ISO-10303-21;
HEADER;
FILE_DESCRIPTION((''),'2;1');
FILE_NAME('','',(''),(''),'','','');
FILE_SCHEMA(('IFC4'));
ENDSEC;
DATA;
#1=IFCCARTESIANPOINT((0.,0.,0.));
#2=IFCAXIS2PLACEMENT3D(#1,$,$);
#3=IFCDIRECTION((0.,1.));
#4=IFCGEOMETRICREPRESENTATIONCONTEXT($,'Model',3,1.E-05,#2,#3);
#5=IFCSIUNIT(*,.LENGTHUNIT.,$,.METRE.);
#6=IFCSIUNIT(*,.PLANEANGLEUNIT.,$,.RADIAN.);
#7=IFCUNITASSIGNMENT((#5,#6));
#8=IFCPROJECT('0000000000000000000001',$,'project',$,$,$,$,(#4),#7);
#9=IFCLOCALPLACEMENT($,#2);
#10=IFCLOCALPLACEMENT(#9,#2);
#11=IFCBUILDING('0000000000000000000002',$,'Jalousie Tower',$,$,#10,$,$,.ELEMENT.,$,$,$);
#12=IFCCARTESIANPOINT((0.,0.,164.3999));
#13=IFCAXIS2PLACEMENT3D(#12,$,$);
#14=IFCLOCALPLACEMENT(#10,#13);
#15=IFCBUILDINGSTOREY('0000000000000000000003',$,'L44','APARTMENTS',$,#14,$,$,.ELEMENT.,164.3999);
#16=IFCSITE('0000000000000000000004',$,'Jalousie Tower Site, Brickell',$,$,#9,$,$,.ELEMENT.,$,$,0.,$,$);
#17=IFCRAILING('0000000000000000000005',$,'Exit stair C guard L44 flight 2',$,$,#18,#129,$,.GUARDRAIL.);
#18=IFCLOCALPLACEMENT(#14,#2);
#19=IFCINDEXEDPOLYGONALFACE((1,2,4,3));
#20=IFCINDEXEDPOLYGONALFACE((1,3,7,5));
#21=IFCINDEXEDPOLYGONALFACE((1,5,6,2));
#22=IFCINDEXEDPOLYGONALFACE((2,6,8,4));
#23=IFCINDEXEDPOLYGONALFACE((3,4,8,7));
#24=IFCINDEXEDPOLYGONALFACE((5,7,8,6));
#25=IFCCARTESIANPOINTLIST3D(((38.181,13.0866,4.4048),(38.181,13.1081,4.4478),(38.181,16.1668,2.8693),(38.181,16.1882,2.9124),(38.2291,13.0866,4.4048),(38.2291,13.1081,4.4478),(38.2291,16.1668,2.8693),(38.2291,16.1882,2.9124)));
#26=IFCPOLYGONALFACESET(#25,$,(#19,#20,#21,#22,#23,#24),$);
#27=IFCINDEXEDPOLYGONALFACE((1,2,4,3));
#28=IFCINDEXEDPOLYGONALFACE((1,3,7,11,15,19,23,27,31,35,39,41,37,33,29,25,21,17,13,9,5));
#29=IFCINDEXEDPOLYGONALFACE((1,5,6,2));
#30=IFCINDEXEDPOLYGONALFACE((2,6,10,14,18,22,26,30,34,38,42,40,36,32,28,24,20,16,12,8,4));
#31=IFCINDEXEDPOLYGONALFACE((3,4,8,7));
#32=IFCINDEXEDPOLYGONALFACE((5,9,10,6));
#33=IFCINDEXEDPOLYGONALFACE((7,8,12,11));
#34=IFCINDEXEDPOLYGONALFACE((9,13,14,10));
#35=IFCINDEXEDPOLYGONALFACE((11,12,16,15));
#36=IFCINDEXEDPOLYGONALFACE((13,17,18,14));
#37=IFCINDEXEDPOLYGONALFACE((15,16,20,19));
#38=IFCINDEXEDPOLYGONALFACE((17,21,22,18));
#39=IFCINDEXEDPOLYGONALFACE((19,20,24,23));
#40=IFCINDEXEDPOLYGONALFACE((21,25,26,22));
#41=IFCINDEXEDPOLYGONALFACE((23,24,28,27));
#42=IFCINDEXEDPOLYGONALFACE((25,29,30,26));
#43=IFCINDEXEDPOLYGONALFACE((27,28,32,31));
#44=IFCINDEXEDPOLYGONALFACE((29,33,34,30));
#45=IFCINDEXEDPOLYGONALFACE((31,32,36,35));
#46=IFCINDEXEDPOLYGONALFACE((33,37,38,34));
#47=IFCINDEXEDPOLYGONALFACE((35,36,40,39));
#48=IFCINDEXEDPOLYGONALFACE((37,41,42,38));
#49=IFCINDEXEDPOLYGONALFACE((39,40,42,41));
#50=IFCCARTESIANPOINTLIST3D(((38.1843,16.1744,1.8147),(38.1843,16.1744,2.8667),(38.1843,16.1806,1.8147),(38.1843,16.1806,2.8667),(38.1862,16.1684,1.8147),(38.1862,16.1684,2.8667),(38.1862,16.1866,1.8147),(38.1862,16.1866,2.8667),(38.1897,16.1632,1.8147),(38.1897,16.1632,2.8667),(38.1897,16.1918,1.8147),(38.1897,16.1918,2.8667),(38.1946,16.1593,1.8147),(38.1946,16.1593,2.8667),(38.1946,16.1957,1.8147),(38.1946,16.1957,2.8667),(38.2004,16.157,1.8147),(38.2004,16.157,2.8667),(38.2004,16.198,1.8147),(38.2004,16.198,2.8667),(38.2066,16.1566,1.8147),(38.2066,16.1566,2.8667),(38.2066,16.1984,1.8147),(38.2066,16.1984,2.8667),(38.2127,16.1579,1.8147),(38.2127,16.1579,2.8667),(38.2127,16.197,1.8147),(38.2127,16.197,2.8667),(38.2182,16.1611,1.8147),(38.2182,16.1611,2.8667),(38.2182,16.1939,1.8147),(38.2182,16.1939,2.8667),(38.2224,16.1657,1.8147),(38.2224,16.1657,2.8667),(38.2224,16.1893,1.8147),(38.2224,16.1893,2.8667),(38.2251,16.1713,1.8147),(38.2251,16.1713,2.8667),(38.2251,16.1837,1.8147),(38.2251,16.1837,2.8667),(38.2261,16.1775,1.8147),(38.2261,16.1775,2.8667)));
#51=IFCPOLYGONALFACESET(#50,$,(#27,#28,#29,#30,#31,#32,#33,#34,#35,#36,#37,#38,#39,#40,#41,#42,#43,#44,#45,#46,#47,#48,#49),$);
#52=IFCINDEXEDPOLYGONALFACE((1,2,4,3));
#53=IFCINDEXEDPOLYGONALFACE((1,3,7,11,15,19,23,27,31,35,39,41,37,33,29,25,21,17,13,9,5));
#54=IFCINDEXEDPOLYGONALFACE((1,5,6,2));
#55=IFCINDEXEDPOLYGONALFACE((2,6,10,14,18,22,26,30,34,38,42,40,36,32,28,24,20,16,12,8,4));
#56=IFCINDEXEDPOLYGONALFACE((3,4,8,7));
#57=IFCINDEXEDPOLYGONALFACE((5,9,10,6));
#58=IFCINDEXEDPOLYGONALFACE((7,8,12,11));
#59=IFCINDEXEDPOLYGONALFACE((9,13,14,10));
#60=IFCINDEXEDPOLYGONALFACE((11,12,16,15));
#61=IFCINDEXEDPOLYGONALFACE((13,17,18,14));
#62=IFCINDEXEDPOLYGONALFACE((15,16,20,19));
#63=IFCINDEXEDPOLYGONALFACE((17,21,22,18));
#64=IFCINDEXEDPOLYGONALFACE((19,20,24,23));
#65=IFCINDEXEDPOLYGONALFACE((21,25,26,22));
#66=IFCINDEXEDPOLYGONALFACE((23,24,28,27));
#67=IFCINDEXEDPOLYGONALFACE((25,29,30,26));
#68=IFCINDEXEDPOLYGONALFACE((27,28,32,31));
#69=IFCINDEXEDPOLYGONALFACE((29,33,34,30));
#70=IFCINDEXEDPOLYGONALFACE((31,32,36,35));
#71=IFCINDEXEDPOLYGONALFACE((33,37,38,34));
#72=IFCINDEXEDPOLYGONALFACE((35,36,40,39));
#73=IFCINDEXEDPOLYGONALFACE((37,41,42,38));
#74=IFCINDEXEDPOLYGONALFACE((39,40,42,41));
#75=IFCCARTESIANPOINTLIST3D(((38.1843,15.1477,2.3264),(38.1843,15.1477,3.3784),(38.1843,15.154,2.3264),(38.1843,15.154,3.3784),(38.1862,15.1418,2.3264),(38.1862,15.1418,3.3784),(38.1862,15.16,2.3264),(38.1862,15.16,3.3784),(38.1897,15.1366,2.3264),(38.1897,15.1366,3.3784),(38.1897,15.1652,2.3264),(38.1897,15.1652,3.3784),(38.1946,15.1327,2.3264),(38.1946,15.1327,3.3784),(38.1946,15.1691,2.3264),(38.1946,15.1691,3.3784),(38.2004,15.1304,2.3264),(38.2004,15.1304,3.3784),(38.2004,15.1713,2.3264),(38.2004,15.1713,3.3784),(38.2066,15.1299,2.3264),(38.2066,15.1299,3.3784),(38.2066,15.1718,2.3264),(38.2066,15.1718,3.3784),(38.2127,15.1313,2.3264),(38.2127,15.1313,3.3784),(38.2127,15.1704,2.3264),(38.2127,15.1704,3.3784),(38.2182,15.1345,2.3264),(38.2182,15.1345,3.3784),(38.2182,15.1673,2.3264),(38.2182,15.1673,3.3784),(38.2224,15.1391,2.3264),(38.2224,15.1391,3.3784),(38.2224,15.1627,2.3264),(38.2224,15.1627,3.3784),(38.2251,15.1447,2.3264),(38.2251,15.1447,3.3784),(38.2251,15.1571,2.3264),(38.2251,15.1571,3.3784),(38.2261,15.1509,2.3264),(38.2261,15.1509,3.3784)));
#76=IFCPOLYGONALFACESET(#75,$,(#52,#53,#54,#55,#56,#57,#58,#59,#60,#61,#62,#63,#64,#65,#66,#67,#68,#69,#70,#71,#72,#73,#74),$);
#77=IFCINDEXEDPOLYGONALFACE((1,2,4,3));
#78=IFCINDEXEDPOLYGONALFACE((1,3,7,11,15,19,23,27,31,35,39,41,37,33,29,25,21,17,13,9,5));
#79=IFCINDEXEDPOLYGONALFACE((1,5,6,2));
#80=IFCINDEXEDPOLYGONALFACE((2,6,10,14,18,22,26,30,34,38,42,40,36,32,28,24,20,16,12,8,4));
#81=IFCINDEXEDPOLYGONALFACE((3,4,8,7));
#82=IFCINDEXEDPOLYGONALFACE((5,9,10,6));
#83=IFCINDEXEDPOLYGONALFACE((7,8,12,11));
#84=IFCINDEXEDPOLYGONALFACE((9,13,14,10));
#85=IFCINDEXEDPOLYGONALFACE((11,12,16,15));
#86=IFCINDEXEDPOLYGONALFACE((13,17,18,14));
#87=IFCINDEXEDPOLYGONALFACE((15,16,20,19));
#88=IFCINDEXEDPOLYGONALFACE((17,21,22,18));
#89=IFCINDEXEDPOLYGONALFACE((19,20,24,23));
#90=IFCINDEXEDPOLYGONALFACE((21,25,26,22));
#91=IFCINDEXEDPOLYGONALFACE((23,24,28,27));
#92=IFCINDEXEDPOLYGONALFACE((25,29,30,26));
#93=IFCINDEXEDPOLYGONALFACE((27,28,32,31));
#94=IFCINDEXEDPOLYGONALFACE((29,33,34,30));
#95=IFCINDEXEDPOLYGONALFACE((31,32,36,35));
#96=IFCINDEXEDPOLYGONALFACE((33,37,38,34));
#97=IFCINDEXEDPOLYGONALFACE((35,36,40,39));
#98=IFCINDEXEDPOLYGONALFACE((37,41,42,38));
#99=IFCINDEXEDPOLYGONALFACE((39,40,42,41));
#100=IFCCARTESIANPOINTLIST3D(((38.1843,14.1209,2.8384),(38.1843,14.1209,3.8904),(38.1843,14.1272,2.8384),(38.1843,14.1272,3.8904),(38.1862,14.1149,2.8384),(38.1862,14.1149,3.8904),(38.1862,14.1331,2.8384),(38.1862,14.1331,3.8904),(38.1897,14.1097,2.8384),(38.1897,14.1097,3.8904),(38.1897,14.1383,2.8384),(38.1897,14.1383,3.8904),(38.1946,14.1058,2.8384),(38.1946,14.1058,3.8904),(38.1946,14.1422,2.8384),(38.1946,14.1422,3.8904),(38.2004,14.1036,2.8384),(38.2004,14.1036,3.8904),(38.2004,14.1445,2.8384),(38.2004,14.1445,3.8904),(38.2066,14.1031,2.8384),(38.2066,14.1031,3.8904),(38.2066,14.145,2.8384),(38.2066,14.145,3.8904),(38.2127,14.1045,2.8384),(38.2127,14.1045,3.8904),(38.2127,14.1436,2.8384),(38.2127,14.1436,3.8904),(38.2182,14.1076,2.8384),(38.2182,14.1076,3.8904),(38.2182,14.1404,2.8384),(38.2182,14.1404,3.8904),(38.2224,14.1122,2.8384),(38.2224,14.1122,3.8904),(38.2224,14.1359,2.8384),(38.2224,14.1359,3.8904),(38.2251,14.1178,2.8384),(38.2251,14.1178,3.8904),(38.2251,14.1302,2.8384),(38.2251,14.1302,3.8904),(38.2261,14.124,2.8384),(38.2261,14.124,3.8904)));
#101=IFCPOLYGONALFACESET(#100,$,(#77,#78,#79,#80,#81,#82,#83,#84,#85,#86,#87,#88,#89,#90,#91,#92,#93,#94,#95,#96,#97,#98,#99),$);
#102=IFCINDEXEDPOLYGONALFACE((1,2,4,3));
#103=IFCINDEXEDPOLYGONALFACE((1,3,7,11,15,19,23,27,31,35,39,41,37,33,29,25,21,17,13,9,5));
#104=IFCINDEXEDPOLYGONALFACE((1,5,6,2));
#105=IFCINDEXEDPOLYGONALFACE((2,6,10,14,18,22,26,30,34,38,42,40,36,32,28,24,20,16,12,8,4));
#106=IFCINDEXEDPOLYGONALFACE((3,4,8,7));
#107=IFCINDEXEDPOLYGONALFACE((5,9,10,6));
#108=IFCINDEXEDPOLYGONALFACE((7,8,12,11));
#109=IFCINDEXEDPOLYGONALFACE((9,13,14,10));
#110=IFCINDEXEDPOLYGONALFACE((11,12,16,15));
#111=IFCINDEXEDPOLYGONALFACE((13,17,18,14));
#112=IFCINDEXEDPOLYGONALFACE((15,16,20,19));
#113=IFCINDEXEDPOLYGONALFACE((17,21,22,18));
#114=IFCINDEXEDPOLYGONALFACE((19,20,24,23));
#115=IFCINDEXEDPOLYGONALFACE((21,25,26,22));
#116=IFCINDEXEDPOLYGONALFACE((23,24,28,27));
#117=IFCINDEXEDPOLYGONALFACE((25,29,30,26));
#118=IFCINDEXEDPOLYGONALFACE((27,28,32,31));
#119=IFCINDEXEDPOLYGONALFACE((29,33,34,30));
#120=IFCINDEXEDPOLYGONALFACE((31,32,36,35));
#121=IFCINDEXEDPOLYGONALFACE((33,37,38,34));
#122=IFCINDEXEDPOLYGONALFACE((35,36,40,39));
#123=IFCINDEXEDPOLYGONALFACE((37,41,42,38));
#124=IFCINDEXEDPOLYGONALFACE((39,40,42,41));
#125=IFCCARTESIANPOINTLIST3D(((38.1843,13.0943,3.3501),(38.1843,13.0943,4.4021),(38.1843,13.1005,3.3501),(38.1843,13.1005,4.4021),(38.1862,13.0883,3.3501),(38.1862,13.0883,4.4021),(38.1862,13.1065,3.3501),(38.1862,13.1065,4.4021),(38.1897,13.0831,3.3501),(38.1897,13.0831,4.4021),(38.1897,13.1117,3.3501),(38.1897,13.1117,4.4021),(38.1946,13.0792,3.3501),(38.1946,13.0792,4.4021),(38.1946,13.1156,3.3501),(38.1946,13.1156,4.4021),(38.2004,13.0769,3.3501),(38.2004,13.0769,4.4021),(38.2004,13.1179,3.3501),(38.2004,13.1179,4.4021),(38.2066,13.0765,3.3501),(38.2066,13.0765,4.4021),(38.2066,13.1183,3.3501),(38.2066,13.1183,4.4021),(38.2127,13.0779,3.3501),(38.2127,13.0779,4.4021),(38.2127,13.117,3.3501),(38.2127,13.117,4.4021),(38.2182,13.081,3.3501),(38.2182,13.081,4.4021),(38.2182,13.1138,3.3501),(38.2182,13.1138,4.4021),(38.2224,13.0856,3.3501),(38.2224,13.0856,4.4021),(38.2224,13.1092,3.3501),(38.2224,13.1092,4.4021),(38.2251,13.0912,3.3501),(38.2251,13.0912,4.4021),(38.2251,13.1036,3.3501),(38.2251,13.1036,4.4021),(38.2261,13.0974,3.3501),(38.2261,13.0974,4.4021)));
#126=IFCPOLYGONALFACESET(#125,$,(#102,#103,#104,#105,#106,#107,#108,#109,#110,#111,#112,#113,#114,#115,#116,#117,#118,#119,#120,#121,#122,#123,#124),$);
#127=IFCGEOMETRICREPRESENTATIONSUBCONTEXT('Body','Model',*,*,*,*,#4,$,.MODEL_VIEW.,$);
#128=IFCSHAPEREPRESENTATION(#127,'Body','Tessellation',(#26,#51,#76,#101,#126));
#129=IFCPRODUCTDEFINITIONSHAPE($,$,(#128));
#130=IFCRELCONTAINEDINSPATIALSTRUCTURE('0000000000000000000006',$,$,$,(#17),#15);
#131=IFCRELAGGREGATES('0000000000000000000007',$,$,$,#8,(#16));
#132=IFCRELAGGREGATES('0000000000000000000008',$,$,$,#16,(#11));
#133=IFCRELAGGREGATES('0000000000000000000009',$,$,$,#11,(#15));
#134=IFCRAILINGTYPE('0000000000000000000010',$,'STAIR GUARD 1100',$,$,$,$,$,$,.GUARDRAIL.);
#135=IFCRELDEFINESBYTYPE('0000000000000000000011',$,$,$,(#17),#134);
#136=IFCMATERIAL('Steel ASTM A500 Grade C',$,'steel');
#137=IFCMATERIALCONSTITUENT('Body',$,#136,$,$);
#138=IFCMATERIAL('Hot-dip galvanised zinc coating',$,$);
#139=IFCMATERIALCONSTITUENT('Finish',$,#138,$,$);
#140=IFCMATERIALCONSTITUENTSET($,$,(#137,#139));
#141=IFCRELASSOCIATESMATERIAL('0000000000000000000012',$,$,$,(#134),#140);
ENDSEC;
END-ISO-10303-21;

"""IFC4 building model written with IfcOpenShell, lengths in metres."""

from ifc_helpers import new_model, si_unit, direction, frame, origin, origin_2d, place, context, subcontext, project, spatial, rectangle, circle, extrude, material, constituent, constituent_set, type_object, element, save


model = new_model("IFC4")

# Units and contexts
model_context = context("Model", 3, precision=1e-05, world=origin(), true_north=direction((0.0, 1.0)))
body_context = subcontext(model_context, "Body", "Model", "MODEL_VIEW")
ifc_project = project(units=[si_unit("LENGTHUNIT", "METRE"), si_unit("PLANEANGLEUNIT", "RADIAN")], contexts=[model_context])

# Site, building, storey
site_placement = place(None, origin())
site = spatial("IfcSite", under=ifc_project, at=site_placement, Name="Jalousie Tower Site, Brickell", CompositionType="ELEMENT", RefElevation=0.0)
building_placement = place(site_placement, origin())
building = spatial("IfcBuilding", under=site, at=building_placement, Name="Jalousie Tower", CompositionType="ELEMENT")
storey_placement = place(building_placement, frame((0.0, 0.0, 164.3999)))
storey = spatial("IfcBuildingStorey", under=building, at=storey_placement, Name="L44", Description="APARTMENTS", CompositionType="ELEMENT", Elevation=164.3999)

# Railing
ifc_material_1 = material(Name="Steel ASTM A500 Grade C", Category="steel")
ifc_constituent_1 = constituent(ifc_material_1, Name="Body")
ifc_material_2 = material(Name="Hot-dip galvanised zinc coating")
ifc_constituent_2 = constituent(ifc_material_2, Name="Finish")
ifc_constituent_set_1 = constituent_set(constituents=[ifc_constituent_1, ifc_constituent_2])
railing_type_1 = type_object("IfcRailingType", Name="STAIR GUARD 1100", PredefinedType="GUARDRAIL", material=ifc_constituent_set_1)
railing_1_placement = place(storey_placement, frame((38.2051, 16.1775, 1.8147)))
element("IfcRailing", 1, at=railing_1_placement, inside=storey, type_object=railing_type_1, Name="Exit stair C guard L44 flight 2", PredefinedType="GUARDRAIL", context=body_context, shape_type="SweptSolid", body=[
    extrude(rectangle(XDim=0.0481, YDim=0.0481, at=origin_2d()), frame((0.0, 0.0, 1.0762), z_axis=(0.0, -0.894966, 0.446135), x_axis=(1.0, 0.0, 0.0)), (0.0, 0.0, 1.0), 3.4417),
    extrude(circle(Radius=0.021, at=origin_2d()), origin(), (0.0, 0.0, 1.0), 1.052),
    extrude(circle(Radius=0.021, at=origin_2d()), frame((0.0, -1.0266, 0.5117)), (0.0, 0.0, 1.0), 1.052),
    extrude(circle(Radius=0.021, at=origin_2d()), frame((0.0, -2.0535, 1.0237)), (0.0, 0.0, 1.0), 1.052),
    extrude(circle(Radius=0.021, at=origin_2d()), frame((0.0, -3.0801, 1.5354)), (0.0, 0.0, 1.0), 1.052),
])

save(model, "model.ifc")
